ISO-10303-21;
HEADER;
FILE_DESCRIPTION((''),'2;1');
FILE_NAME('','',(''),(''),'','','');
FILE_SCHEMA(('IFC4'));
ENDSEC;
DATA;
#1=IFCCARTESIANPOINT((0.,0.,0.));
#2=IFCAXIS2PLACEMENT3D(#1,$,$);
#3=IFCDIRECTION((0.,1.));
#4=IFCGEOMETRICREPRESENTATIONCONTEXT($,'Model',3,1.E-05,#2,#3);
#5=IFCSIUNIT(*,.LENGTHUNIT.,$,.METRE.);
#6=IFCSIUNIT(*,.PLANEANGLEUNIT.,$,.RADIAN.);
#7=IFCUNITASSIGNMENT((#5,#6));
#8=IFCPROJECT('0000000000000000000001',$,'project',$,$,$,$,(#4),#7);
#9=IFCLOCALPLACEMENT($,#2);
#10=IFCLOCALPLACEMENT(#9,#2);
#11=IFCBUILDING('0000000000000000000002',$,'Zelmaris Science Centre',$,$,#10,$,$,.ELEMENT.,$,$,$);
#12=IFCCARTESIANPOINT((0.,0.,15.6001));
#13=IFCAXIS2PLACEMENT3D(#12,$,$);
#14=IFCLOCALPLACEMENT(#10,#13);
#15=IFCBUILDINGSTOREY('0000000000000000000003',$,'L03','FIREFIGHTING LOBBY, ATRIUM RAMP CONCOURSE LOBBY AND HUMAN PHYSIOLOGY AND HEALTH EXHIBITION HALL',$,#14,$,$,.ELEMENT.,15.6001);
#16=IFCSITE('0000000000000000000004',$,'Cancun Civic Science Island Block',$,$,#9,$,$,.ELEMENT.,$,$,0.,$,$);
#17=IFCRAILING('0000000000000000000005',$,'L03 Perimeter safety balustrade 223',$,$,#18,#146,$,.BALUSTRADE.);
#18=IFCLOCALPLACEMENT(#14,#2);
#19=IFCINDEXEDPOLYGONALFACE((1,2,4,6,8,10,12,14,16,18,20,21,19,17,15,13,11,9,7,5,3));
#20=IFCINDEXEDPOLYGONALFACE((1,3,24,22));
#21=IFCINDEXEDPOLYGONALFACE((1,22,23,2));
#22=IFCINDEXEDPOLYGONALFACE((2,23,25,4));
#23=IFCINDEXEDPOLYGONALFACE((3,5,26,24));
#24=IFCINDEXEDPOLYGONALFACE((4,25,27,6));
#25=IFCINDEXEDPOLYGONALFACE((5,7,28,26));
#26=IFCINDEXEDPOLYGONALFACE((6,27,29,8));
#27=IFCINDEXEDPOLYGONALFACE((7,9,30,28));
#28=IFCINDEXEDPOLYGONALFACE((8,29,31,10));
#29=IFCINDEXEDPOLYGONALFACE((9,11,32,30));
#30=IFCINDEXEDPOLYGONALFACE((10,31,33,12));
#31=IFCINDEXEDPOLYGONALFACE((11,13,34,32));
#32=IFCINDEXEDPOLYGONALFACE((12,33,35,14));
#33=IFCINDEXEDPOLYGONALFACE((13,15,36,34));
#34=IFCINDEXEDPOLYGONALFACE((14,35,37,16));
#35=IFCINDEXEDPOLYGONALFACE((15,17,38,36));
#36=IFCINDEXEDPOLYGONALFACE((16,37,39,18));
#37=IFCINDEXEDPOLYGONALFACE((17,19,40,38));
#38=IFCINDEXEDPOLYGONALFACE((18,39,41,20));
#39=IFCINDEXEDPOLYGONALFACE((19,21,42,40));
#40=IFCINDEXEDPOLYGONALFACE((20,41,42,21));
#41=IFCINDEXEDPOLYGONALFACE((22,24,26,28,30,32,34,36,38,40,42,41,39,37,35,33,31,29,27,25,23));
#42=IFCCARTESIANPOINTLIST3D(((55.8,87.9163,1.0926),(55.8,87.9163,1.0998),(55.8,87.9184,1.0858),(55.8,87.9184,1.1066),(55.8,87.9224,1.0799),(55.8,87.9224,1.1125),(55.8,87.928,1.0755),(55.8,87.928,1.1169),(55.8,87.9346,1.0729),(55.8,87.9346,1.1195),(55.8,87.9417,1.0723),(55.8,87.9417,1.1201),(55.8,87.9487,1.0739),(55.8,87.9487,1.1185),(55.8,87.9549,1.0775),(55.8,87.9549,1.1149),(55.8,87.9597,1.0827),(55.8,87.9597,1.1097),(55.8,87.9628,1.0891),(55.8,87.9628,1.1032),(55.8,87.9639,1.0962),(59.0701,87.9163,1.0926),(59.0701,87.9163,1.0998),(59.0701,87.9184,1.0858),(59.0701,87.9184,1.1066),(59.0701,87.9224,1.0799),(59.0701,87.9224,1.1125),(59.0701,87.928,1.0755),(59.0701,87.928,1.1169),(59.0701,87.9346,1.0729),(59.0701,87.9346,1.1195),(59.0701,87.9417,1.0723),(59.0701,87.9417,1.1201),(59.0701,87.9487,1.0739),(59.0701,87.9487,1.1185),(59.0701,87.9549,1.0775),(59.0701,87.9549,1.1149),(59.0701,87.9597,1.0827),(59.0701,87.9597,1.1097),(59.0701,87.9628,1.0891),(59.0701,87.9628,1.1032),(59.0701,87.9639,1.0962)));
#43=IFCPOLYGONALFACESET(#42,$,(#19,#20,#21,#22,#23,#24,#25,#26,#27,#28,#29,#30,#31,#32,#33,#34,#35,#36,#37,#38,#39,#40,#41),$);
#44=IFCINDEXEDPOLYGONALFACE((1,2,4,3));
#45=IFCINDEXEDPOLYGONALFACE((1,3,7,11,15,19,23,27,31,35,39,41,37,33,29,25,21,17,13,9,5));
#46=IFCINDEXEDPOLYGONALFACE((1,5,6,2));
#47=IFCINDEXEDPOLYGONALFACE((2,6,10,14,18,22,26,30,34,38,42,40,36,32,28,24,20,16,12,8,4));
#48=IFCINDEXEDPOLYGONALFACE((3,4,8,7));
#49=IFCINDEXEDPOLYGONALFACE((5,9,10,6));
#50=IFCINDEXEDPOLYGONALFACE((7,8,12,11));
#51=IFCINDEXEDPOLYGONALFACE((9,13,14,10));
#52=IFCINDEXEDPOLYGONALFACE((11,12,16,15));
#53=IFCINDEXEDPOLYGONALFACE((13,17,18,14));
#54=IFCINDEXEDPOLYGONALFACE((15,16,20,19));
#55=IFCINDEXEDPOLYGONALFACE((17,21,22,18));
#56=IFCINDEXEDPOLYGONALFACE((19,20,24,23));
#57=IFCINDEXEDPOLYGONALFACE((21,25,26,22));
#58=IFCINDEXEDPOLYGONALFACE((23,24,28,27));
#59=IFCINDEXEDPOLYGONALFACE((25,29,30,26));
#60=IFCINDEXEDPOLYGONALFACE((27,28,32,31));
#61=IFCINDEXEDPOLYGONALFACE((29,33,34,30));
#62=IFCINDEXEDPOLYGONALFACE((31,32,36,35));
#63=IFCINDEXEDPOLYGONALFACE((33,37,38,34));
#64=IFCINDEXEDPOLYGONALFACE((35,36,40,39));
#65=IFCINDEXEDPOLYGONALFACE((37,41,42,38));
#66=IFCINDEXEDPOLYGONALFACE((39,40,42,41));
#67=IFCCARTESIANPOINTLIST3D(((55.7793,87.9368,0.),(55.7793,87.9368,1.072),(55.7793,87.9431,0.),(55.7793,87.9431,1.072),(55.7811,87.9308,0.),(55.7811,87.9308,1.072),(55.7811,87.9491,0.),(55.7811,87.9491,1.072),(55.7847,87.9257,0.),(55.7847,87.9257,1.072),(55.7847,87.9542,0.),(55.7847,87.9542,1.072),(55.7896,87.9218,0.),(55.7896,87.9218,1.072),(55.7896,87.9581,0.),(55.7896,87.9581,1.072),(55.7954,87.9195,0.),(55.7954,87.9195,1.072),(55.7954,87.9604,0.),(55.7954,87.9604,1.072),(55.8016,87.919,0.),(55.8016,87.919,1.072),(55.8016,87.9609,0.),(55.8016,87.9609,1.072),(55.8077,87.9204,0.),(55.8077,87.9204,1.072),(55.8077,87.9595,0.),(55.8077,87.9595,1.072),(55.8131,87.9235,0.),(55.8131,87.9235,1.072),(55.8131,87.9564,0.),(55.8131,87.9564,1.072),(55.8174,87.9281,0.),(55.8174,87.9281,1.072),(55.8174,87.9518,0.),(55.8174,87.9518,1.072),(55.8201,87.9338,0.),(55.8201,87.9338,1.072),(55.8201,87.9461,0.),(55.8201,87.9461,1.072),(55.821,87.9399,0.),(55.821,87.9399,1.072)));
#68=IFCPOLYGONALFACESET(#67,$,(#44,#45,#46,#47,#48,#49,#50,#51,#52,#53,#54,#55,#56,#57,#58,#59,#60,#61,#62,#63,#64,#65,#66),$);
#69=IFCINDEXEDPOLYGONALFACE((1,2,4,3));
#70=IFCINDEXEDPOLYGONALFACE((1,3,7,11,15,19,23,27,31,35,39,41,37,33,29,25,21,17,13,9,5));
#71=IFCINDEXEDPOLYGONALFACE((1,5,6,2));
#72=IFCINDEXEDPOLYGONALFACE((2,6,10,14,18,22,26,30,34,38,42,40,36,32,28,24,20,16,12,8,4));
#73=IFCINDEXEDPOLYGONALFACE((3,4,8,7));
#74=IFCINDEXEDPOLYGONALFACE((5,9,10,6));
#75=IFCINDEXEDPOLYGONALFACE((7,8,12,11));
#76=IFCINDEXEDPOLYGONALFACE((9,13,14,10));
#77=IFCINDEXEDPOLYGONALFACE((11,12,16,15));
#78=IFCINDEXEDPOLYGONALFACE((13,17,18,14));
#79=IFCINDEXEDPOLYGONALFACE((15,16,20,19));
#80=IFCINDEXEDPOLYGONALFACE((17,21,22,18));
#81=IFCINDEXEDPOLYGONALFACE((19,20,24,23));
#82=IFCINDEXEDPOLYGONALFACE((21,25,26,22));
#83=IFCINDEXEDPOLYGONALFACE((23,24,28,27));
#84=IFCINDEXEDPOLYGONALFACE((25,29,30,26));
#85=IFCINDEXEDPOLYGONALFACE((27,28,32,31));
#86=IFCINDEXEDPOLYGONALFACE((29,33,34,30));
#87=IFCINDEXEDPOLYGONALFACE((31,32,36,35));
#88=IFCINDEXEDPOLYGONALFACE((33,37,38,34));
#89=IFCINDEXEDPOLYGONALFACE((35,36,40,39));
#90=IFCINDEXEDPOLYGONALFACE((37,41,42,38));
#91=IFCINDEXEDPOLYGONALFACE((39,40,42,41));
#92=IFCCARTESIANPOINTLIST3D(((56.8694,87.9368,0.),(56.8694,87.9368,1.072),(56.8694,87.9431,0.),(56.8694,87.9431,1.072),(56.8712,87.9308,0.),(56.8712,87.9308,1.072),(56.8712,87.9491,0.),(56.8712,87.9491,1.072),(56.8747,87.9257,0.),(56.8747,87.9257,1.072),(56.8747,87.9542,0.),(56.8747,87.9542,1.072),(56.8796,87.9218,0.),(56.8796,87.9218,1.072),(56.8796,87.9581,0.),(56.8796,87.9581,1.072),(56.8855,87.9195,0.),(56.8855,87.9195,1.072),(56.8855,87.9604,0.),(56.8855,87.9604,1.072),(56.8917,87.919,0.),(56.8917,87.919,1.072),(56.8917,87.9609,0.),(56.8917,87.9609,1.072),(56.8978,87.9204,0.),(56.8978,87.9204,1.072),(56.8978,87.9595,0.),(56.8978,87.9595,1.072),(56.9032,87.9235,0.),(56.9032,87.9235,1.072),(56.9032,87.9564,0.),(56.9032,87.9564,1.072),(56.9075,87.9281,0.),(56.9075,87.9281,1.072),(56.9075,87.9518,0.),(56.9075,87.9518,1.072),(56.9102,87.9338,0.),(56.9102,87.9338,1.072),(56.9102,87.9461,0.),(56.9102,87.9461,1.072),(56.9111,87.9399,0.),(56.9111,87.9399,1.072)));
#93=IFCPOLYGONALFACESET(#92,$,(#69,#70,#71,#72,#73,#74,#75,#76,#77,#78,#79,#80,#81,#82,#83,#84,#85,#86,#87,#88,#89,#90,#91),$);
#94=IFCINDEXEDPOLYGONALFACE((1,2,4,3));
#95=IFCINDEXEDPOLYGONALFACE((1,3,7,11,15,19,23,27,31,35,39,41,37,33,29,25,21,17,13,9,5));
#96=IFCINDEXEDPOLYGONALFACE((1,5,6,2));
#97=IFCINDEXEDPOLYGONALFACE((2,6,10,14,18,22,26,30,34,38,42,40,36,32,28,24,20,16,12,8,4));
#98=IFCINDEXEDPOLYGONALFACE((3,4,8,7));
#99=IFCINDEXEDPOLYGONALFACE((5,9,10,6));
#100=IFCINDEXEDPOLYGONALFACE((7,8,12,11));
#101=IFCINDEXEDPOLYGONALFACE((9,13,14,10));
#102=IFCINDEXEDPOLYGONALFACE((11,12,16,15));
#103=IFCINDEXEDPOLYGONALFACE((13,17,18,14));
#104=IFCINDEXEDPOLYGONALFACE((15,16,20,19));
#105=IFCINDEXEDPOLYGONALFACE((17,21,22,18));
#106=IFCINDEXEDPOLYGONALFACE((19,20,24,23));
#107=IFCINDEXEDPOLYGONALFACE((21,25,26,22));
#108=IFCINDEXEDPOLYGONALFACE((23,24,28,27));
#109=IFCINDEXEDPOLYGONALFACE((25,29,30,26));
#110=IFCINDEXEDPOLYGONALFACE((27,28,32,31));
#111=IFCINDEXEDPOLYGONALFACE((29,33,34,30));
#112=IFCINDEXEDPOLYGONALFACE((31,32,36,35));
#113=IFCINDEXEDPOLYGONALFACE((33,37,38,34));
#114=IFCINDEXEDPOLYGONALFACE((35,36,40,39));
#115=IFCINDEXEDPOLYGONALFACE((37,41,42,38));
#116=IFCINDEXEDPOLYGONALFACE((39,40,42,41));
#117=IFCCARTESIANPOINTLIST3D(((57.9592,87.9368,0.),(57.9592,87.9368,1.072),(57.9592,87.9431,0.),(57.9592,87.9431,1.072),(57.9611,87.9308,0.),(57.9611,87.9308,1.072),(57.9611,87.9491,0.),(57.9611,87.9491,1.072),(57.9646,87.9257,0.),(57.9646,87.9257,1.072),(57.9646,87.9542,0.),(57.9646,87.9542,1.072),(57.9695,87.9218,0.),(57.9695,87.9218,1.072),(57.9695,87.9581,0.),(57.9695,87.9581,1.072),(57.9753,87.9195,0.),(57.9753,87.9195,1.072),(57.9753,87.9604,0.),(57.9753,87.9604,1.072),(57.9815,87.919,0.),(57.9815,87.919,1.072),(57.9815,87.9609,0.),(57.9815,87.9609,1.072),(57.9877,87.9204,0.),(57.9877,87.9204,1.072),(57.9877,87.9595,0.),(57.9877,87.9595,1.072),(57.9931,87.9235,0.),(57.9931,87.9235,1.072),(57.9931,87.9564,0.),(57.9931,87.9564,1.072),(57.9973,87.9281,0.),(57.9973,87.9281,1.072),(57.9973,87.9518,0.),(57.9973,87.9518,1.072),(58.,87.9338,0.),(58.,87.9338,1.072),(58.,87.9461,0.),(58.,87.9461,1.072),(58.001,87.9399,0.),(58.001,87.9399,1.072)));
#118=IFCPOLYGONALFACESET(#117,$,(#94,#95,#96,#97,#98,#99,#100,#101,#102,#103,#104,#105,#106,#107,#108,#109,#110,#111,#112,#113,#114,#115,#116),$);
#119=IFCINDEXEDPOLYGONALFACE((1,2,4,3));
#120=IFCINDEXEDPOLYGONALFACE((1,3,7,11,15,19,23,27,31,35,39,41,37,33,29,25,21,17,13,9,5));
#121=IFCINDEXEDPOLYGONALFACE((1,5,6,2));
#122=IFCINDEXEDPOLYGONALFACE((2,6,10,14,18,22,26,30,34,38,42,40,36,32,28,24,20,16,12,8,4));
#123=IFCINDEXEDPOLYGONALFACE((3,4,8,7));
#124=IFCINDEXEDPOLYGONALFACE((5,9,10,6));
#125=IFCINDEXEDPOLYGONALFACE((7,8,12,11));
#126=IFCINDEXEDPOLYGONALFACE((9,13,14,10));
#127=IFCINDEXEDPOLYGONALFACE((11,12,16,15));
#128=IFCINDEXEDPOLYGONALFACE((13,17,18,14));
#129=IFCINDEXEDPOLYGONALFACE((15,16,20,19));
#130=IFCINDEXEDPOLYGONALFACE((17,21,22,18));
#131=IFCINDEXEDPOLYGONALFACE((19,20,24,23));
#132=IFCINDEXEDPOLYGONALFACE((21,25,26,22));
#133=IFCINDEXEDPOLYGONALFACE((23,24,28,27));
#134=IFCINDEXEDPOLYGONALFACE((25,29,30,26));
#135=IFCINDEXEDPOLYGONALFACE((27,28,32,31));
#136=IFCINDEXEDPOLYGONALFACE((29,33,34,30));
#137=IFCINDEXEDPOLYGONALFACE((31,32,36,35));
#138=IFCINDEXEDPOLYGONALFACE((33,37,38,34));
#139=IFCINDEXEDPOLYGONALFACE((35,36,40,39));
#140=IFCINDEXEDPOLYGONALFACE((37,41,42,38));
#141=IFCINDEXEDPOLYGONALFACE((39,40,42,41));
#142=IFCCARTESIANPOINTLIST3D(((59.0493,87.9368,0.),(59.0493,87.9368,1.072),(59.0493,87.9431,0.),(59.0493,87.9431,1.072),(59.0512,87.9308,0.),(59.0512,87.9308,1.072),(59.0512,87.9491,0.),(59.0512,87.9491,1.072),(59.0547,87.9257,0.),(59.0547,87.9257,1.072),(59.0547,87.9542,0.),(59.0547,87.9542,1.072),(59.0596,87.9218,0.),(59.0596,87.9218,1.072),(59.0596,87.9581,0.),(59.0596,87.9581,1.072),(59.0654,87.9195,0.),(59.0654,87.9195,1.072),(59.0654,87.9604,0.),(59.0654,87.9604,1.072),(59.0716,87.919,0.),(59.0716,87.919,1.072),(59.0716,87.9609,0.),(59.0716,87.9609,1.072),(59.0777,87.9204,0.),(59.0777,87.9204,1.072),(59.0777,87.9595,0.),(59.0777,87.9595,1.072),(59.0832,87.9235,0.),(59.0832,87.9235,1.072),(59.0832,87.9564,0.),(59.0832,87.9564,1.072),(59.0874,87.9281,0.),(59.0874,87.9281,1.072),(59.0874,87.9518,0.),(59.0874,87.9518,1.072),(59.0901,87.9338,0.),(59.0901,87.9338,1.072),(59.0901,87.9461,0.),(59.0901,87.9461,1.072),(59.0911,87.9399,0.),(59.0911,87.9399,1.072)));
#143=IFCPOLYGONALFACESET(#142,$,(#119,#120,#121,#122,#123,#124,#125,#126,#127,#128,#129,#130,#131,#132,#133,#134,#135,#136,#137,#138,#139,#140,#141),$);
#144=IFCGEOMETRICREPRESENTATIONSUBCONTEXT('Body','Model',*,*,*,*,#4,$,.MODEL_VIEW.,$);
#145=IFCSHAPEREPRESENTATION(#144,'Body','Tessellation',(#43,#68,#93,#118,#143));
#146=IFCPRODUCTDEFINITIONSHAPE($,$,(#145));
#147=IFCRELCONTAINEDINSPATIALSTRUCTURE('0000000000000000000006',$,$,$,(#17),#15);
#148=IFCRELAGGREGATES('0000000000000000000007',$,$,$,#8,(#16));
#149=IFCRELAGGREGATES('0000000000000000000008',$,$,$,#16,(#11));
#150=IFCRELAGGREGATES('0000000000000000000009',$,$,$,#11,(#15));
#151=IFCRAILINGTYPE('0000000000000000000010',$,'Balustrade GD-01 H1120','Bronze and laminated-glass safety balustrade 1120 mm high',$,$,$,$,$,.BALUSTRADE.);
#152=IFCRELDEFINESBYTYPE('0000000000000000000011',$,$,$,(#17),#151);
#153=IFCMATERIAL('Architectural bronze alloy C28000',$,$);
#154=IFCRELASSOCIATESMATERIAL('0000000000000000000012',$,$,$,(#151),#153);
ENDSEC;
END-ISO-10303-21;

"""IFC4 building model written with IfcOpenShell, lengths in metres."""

from ifc_helpers import new_model, si_unit, direction, frame, origin, origin_2d, place, context, subcontext, project, spatial, circle, extrude, material, type_object, element, save


model = new_model("IFC4")

# Units and contexts
model_context = context("Model", 3, precision=1e-05, world=origin(), true_north=direction((0.0, 1.0)))
body_context = subcontext(model_context, "Body", "Model", "MODEL_VIEW")
ifc_project = project(units=[si_unit("LENGTHUNIT", "METRE"), si_unit("PLANEANGLEUNIT", "RADIAN")], contexts=[model_context])

# Site, building, storey
site_placement = place(None, origin())
site = spatial("IfcSite", under=ifc_project, at=site_placement, Name="Cancun Civic Science Island Block", CompositionType="ELEMENT", RefElevation=0.0)
building_placement = place(site_placement, origin())
building = spatial("IfcBuilding", under=site, at=building_placement, Name="Zelmaris Science Centre", CompositionType="ELEMENT")
storey_placement = place(building_placement, frame((0.0, 0.0, 15.6001)))
storey = spatial("IfcBuildingStorey", under=building, at=storey_placement, Name="L03", Description="FIREFIGHTING LOBBY, ATRIUM RAMP CONCOURSE LOBBY AND HUMAN PHYSIOLOGY AND HEALTH EXHIBITION HALL", CompositionType="ELEMENT", Elevation=15.6001)

# Railing
ifc_material_1 = material(Name="Architectural bronze alloy C28000")
railing_type = type_object("IfcRailingType", Name="Balustrade GD-01 H1120", Description="Bronze and laminated-glass safety balustrade 1120 mm high", PredefinedType="BALUSTRADE", material=ifc_material_1)
railing_placement = place(storey_placement, frame((55.8, 87.9399, 0.0)))
element("IfcRailing", 1, at=railing_placement, inside=storey, type_object=railing_type, Name="L03 Perimeter safety balustrade 223", PredefinedType="BALUSTRADE", context=body_context, shape_type="SweptSolid", body=[
    extrude(circle(Radius=0.0239, at=origin_2d()), frame((0.0, 0.0, 1.0962), z_axis=(1.0, 0.0, 0.0), x_axis=(0.0, 1.0, 0.0)), (0.0, 0.0, 1.0), 3.27),
    extrude(circle(Radius=0.021, at=origin_2d()), origin(), (0.0, 0.0, 1.0), 1.072),
    extrude(circle(Radius=0.021, at=origin_2d()), frame((1.0901, 0.0, 0.0)), (0.0, 0.0, 1.0), 1.072),
    extrude(circle(Radius=0.021, at=origin_2d()), frame((2.1799, 0.0, 0.0)), (0.0, 0.0, 1.0), 1.072),
    extrude(circle(Radius=0.021, at=origin_2d()), frame((3.27, 0.0, 0.0)), (0.0, 0.0, 1.0), 1.072),
])

save(model, "model.ifc")
